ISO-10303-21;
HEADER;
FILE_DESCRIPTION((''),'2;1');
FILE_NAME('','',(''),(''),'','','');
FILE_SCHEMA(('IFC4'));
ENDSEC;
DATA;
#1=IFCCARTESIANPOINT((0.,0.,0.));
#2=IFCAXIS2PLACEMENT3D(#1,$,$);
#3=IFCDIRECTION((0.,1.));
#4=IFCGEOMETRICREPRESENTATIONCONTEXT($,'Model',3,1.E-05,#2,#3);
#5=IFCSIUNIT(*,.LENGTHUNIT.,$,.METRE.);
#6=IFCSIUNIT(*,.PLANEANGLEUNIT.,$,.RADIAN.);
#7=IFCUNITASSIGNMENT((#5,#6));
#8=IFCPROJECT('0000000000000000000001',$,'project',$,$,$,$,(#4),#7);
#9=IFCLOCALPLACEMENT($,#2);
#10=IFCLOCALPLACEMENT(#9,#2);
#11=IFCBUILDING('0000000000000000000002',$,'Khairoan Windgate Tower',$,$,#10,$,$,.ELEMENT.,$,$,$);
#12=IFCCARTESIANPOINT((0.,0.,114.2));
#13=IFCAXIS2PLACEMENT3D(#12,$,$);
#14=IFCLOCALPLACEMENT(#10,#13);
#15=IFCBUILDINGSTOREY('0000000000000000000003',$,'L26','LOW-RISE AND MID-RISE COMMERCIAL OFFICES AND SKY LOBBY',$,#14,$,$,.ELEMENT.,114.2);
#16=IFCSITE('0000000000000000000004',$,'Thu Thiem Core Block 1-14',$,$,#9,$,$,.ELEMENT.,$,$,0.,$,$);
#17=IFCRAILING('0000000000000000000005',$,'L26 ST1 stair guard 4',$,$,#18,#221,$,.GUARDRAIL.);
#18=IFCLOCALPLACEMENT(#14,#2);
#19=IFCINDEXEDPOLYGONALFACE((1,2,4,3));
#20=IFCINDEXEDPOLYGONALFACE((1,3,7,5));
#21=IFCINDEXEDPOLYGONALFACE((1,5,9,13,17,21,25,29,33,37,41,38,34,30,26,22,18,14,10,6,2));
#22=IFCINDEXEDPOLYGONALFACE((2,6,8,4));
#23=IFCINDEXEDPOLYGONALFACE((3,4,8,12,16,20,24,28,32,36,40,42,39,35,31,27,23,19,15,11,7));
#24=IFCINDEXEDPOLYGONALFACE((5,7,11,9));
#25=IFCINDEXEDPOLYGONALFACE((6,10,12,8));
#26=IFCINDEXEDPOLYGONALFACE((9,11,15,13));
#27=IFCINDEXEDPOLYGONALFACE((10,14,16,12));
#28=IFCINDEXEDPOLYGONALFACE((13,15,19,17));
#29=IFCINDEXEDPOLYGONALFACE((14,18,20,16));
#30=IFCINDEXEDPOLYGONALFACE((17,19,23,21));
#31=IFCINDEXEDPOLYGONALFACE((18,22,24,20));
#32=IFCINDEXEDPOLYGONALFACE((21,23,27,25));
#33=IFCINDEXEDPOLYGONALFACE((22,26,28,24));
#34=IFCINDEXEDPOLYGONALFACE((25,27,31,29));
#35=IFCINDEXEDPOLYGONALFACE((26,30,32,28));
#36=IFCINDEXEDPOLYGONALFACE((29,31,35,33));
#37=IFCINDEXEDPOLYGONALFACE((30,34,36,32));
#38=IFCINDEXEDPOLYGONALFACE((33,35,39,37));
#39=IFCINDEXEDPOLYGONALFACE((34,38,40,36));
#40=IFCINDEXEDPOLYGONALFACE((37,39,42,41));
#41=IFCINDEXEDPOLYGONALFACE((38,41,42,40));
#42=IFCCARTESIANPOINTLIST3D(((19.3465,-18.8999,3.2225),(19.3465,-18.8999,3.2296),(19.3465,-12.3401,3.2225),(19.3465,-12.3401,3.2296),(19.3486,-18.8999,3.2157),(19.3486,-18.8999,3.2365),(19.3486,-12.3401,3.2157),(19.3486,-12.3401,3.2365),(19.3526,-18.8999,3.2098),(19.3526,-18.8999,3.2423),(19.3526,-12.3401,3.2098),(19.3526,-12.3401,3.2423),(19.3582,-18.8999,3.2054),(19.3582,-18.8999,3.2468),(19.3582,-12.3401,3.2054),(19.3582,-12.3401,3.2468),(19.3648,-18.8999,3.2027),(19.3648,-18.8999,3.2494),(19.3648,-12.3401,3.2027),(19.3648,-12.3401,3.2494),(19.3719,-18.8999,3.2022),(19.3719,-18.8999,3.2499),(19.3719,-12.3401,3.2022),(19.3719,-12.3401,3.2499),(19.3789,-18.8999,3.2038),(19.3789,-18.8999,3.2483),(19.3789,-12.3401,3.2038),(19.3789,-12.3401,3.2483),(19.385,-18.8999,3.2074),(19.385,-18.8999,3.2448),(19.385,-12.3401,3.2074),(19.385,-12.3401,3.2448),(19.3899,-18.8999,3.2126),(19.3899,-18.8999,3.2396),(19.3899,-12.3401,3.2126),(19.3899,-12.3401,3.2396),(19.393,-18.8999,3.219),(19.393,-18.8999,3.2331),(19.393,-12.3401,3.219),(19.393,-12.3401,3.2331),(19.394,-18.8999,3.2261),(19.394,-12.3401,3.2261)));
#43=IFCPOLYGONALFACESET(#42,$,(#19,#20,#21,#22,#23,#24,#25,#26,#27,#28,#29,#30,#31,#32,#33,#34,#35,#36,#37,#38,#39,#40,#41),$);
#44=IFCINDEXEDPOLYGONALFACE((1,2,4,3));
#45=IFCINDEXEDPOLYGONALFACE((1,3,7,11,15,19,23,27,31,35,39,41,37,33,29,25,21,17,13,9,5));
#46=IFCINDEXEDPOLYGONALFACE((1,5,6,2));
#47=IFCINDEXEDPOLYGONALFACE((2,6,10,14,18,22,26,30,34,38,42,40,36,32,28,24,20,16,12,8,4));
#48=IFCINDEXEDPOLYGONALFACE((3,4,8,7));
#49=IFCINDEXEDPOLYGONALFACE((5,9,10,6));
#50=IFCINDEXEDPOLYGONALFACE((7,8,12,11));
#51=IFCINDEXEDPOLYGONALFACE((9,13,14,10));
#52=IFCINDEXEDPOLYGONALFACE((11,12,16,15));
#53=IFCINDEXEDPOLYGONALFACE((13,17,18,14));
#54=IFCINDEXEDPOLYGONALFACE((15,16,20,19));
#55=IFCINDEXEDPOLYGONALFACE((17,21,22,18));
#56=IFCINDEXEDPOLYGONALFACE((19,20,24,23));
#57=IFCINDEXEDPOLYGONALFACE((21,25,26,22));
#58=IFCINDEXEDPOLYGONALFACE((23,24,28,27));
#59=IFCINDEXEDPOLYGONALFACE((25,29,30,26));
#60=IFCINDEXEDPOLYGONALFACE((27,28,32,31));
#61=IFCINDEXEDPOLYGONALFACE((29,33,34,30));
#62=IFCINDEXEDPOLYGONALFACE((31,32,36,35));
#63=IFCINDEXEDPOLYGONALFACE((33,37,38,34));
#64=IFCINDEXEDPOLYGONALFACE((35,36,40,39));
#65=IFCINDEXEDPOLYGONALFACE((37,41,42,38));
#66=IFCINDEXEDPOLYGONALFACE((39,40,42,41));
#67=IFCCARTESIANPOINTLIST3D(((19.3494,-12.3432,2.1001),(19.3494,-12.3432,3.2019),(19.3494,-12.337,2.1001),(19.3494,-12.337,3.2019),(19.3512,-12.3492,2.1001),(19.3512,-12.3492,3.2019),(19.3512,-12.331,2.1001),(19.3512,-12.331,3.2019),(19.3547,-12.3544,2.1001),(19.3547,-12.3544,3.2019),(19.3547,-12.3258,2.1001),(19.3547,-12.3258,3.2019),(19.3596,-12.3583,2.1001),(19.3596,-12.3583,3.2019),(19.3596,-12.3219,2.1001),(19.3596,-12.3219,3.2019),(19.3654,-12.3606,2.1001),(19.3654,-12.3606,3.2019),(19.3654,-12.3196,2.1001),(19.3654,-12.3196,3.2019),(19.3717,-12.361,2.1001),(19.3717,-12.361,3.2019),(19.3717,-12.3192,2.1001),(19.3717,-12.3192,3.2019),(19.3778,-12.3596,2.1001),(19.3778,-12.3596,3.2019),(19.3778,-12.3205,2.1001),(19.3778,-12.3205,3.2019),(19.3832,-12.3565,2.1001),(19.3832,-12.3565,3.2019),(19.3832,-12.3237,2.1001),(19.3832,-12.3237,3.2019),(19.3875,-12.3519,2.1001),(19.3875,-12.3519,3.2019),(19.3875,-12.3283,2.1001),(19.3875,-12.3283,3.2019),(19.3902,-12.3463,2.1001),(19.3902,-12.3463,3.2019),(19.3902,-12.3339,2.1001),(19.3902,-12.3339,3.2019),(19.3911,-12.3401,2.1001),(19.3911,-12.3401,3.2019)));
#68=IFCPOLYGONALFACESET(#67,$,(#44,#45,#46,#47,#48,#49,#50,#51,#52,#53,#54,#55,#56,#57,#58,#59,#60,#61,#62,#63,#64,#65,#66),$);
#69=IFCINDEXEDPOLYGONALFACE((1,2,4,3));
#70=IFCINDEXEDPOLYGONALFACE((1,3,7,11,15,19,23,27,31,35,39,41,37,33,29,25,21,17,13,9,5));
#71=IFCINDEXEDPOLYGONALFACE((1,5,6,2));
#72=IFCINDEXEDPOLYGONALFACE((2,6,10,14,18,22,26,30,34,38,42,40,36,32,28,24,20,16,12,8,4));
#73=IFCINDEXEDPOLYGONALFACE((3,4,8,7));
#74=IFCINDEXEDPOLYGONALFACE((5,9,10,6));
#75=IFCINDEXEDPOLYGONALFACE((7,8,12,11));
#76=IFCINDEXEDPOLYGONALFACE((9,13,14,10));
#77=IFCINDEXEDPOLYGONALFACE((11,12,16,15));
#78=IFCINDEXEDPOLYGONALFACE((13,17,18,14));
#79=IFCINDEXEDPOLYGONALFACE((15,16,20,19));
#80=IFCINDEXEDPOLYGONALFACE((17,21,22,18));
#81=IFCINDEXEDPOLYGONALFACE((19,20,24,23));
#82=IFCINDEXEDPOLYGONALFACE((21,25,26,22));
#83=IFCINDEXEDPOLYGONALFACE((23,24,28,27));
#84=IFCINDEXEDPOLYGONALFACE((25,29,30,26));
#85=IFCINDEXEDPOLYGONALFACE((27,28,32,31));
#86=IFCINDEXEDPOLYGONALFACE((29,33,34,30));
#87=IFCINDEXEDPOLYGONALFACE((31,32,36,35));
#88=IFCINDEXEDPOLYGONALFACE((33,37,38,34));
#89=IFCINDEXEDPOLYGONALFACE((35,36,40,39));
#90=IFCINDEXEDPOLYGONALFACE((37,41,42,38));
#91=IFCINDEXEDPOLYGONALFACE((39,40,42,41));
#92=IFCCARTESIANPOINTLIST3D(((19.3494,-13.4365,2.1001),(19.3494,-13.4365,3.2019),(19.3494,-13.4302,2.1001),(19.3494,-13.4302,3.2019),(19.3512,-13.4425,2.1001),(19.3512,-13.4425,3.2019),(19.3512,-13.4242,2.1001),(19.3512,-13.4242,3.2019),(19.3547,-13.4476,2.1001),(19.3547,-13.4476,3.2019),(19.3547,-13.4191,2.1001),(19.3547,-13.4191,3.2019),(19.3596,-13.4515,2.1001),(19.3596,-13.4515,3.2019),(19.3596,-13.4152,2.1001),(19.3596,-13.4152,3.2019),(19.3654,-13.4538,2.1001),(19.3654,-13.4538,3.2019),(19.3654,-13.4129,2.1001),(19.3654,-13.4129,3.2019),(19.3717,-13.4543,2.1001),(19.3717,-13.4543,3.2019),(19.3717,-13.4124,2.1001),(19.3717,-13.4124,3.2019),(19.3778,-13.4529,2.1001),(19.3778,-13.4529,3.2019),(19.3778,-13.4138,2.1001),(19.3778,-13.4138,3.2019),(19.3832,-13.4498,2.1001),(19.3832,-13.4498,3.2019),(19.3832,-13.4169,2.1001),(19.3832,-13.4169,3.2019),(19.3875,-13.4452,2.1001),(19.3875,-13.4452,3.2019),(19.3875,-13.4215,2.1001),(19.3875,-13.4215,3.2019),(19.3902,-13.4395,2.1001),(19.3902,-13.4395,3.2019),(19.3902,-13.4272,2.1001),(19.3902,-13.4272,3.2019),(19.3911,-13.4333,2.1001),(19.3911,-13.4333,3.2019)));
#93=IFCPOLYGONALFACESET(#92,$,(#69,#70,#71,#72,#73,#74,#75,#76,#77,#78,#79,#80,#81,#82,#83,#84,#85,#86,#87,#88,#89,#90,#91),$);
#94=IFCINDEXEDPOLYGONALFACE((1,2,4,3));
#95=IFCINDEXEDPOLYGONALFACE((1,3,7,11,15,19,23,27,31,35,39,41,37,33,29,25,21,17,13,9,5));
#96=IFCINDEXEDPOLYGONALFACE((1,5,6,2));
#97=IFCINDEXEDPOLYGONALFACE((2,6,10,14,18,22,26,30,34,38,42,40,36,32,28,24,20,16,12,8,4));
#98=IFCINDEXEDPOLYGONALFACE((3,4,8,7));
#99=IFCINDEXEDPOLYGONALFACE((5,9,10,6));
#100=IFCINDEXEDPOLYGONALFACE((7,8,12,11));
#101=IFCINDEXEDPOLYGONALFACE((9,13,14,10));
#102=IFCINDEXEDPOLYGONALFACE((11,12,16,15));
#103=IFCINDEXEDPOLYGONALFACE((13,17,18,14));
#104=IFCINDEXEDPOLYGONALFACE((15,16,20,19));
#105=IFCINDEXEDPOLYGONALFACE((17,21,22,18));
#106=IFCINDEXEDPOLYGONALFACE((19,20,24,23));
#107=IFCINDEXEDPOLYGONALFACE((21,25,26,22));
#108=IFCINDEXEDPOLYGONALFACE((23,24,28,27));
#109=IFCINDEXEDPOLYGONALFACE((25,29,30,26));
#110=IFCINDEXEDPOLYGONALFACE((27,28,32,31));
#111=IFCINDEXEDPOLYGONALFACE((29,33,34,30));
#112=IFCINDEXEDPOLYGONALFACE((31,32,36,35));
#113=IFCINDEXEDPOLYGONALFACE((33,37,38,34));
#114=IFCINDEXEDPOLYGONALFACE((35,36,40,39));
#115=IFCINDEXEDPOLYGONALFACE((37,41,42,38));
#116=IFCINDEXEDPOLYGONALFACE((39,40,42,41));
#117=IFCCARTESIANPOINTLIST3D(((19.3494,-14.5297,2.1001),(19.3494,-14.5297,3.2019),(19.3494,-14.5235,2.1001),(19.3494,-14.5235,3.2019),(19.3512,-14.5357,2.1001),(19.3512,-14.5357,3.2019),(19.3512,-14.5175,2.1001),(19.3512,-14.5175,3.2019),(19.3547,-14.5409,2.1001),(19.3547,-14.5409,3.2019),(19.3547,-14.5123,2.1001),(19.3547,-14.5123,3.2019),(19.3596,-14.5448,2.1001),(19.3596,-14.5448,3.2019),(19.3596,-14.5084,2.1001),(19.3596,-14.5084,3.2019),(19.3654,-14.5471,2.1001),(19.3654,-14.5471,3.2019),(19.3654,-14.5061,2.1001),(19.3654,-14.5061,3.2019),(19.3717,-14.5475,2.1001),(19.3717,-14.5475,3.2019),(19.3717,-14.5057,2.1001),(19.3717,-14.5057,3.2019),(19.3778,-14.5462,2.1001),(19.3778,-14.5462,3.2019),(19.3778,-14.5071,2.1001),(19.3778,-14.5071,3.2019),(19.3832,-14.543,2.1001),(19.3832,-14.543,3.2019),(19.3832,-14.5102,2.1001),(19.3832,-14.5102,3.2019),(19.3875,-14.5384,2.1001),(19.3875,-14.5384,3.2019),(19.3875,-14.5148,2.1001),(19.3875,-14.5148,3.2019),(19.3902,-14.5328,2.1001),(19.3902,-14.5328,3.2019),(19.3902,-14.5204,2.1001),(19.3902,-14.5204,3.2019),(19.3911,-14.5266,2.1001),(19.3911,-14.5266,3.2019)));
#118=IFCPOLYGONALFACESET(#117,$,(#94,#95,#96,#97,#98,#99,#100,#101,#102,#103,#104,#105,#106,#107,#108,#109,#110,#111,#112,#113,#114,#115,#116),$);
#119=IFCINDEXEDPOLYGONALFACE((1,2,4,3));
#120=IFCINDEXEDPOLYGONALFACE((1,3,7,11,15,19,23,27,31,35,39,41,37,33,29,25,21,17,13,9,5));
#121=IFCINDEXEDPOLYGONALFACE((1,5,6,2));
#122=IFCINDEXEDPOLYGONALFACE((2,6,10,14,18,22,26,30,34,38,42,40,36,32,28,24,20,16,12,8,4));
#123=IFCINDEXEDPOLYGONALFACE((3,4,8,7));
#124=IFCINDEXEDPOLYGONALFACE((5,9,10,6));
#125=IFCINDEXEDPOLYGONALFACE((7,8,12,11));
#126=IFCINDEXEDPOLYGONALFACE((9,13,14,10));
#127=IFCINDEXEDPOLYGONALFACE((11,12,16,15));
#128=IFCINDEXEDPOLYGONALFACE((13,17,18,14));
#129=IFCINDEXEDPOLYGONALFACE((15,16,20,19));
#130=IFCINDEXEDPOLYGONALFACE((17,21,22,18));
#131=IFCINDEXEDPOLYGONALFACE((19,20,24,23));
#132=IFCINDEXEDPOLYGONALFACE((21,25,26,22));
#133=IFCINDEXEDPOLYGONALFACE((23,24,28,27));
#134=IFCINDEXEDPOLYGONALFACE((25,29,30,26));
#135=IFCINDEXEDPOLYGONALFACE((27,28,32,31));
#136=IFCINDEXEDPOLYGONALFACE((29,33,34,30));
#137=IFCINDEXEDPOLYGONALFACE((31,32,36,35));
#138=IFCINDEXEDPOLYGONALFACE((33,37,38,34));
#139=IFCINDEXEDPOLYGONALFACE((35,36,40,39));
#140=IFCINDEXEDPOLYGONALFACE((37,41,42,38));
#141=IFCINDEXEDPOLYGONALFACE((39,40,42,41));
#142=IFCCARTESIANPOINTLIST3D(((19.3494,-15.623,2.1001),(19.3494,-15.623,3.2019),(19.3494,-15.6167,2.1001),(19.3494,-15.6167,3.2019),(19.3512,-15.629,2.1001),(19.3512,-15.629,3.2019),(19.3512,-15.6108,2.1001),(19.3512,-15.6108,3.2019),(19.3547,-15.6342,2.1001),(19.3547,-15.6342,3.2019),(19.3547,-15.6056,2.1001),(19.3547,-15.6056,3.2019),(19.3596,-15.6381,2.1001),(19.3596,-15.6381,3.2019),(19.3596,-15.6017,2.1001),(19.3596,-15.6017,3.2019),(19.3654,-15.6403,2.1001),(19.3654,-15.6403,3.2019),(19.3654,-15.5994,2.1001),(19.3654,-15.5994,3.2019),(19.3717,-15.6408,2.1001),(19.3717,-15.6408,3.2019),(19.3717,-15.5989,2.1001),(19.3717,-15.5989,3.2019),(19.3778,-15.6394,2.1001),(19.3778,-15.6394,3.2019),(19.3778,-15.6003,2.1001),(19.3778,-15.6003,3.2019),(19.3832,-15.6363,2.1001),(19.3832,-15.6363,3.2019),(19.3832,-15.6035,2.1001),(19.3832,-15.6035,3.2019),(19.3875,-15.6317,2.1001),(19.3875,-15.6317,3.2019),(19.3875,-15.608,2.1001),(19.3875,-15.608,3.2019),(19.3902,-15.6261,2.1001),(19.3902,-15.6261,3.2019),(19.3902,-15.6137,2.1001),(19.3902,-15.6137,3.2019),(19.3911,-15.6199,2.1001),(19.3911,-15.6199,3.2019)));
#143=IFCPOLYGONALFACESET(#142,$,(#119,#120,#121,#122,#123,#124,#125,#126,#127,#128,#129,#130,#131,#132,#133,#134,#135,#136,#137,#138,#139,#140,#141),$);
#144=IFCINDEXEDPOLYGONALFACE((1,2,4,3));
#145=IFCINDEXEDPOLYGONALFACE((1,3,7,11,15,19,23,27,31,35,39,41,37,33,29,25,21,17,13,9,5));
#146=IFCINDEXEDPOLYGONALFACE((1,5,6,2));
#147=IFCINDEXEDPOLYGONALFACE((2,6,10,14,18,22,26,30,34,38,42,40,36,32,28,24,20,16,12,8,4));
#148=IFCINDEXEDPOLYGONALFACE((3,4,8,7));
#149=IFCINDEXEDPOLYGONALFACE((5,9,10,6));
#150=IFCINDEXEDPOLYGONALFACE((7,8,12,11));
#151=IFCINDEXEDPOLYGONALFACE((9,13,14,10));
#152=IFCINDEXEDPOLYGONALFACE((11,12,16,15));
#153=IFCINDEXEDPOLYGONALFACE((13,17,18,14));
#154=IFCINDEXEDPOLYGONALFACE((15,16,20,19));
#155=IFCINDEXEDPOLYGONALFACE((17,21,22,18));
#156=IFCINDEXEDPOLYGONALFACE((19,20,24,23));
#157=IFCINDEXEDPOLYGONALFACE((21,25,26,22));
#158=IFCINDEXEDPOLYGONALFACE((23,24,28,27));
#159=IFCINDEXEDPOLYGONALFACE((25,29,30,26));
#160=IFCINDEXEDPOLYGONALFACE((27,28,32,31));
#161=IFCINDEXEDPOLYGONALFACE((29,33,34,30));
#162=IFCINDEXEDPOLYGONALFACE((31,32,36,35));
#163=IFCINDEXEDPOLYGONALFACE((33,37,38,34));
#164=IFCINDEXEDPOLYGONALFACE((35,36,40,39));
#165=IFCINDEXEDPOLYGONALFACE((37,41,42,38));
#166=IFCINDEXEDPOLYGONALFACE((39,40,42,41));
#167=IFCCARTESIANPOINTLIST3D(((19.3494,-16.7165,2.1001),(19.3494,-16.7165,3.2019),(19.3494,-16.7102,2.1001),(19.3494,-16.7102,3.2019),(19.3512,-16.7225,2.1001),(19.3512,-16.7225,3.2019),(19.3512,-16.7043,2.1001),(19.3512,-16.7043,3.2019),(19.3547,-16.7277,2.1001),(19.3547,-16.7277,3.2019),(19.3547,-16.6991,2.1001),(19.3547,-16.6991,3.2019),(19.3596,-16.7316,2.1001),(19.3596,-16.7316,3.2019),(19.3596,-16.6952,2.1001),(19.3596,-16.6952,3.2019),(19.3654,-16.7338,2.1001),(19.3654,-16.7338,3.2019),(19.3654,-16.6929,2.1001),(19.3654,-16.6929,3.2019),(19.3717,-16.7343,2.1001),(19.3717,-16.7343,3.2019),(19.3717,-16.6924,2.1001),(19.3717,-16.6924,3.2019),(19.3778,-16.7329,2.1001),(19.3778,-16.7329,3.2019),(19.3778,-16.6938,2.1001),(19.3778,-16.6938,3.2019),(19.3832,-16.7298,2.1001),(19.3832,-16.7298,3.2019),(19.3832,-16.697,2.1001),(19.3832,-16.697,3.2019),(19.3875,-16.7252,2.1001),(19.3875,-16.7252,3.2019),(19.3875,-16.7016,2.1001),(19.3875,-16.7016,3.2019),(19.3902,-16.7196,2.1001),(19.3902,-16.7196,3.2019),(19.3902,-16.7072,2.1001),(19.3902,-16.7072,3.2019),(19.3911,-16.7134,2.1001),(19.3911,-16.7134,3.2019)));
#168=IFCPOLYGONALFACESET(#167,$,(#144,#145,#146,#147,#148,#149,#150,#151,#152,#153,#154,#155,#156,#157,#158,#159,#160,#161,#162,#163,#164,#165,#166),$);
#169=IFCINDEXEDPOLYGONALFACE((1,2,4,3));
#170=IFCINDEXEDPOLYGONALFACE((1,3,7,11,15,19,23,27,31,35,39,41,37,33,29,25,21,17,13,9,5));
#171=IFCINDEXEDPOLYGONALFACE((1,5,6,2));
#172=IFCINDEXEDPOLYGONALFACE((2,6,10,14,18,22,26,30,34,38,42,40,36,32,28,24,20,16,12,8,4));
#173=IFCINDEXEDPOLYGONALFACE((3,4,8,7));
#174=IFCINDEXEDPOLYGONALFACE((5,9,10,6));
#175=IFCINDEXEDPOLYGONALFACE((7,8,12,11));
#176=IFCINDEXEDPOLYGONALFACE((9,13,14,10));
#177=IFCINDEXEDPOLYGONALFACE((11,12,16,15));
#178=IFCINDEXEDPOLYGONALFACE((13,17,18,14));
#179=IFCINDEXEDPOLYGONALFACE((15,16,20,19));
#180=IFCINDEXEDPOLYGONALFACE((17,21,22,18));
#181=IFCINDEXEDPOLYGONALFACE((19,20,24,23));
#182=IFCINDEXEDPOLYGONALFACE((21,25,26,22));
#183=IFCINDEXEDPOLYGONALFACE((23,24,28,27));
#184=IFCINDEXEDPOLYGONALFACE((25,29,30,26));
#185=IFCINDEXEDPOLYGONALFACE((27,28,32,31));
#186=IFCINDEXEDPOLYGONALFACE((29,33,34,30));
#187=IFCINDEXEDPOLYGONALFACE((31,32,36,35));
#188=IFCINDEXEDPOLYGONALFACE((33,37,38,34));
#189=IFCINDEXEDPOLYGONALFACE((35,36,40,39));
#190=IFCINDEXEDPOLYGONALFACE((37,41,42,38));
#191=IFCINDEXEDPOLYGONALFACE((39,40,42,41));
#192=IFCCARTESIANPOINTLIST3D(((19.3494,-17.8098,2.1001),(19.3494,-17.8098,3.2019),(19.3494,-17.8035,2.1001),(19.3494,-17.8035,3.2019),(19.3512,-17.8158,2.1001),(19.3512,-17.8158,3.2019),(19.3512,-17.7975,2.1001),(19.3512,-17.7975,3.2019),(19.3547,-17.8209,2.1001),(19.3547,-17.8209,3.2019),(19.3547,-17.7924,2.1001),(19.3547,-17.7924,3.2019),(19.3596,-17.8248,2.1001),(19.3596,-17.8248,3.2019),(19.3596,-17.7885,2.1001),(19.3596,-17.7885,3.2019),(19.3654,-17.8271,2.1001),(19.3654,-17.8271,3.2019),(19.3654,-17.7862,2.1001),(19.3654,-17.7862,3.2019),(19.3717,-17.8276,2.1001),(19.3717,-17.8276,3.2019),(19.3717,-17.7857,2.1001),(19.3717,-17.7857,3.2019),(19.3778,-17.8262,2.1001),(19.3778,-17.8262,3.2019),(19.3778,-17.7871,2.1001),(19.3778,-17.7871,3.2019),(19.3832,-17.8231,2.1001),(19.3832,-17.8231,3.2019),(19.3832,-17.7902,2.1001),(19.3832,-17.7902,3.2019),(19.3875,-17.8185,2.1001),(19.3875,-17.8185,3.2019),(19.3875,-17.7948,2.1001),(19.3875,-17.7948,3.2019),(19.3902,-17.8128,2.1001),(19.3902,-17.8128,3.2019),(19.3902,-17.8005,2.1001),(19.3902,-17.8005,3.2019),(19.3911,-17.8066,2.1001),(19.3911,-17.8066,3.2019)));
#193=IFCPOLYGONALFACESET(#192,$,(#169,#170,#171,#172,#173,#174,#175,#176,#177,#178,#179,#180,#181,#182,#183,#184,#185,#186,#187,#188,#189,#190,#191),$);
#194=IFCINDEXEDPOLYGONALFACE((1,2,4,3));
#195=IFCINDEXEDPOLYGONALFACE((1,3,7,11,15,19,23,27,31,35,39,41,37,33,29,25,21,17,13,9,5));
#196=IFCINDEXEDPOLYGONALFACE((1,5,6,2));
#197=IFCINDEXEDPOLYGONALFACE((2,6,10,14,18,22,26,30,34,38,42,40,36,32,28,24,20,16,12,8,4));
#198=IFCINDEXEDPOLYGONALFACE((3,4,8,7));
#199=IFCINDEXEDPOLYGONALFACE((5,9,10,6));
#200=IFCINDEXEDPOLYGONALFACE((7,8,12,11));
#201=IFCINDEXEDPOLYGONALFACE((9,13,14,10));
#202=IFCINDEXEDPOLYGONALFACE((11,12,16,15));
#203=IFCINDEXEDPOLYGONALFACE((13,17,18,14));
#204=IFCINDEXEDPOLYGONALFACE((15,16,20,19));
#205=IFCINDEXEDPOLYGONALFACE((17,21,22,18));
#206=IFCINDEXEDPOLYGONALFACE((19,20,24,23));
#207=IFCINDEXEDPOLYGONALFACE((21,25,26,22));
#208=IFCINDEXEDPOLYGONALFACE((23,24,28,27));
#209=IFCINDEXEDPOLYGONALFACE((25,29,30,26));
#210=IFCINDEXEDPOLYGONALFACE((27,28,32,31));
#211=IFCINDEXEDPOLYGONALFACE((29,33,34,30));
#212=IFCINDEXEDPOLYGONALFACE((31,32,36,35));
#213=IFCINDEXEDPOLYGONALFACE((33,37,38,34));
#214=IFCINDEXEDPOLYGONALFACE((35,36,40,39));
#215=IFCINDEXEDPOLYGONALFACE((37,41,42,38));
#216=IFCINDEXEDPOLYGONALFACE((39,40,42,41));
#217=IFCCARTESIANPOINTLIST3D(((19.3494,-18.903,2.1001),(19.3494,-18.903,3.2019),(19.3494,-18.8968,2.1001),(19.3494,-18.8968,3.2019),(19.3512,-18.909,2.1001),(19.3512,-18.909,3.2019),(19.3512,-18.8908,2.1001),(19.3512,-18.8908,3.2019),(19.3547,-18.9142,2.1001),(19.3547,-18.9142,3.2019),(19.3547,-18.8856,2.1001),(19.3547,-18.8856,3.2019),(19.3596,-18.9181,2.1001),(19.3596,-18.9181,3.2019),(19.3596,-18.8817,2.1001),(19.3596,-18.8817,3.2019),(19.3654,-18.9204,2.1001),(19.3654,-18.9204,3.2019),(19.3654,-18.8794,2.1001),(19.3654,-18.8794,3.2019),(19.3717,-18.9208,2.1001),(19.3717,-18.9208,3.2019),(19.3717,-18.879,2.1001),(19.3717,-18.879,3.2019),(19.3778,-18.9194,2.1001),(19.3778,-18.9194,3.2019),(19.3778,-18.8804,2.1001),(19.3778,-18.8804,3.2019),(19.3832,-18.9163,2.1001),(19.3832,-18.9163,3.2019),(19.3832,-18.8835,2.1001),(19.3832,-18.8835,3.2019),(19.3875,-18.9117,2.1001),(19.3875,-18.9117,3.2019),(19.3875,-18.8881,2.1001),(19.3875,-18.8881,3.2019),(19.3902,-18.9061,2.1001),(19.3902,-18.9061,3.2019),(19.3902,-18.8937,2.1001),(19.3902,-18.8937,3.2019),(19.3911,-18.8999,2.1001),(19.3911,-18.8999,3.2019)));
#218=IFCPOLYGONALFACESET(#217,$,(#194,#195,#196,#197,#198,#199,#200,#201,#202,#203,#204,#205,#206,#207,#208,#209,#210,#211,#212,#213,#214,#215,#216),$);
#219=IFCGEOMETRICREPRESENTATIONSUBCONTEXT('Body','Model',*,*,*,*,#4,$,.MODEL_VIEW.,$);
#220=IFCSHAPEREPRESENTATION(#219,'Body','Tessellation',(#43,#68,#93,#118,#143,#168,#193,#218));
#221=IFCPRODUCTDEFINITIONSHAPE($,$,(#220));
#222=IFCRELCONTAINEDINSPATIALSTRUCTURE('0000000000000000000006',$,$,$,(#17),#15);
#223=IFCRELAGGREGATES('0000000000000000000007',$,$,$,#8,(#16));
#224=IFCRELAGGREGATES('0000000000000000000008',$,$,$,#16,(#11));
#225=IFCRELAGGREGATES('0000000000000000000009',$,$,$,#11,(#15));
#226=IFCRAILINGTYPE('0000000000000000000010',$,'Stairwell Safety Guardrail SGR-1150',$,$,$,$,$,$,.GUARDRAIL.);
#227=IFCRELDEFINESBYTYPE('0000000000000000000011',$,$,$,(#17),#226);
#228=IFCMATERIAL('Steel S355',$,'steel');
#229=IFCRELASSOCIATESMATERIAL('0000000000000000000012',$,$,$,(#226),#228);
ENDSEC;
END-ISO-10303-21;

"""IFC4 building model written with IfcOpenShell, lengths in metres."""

from ifc_helpers import new_model, si_unit, direction, frame, origin, origin_2d, place, context, subcontext, project, spatial, circle, extrude, material, type_object, element, save


model = new_model("IFC4")

# Units and contexts
model_context = context("Model", 3, precision=1e-05, world=origin(), true_north=direction((0.0, 1.0)))
body_context = subcontext(model_context, "Body", "Model", "MODEL_VIEW")
ifc_project = project(units=[si_unit("LENGTHUNIT", "METRE"), si_unit("PLANEANGLEUNIT", "RADIAN")], contexts=[model_context])

# Site, building, storey
site_placement = place(None, origin())
site = spatial("IfcSite", under=ifc_project, at=site_placement, Name="Thu Thiem Core Block 1-14", CompositionType="ELEMENT", RefElevation=0.0)
building_placement = place(site_placement, origin())
building = spatial("IfcBuilding", under=site, at=building_placement, Name="Khairoan Windgate Tower", CompositionType="ELEMENT")
storey_placement = place(building_placement, frame((0.0, 0.0, 114.2)))
storey = spatial("IfcBuildingStorey", under=building, at=storey_placement, Name="L26", Description="LOW-RISE AND MID-RISE COMMERCIAL OFFICES AND SKY LOBBY", CompositionType="ELEMENT", Elevation=114.2)

# Railing
ifc_material_1 = material(Name="Steel S355", Category="steel")
railing_type_1 = type_object("IfcRailingType", Name="Stairwell Safety Guardrail SGR-1150", PredefinedType="GUARDRAIL", material=ifc_material_1)
railing_1_placement = place(storey_placement, frame((19.3701, -12.3401, 2.1001)))
element("IfcRailing", 1, at=railing_1_placement, inside=storey, type_object=railing_type_1, Name="L26 ST1 stair guard 4", PredefinedType="GUARDRAIL", context=body_context, shape_type="SweptSolid", body=[
    extrude(circle(Radius=0.0239, at=origin_2d()), frame((0.0, 0.0, 1.126), z_axis=(0.0, -1.0, 0.0), x_axis=(1.0, 0.0, 0.0)), (0.0, 0.0, 1.0), 6.5598),
    extrude(circle(Radius=0.021, at=origin_2d()), origin(), (0.0, 0.0, 1.0), 1.1018),
    extrude(circle(Radius=0.021, at=origin_2d()), frame((0.0, -1.0933, 0.0)), (0.0, 0.0, 1.0), 1.1018),
    extrude(circle(Radius=0.021, at=origin_2d()), frame((0.0, -2.1865, 0.0)), (0.0, 0.0, 1.0), 1.1018),
    extrude(circle(Radius=0.021, at=origin_2d()), frame((0.0, -3.2798, 0.0)), (0.0, 0.0, 1.0), 1.1018),
    extrude(circle(Radius=0.021, at=origin_2d()), frame((0.0, -4.3733, 0.0)), (0.0, 0.0, 1.0), 1.1018),
    extrude(circle(Radius=0.021, at=origin_2d()), frame((0.0, -5.4666, 0.0)), (0.0, 0.0, 1.0), 1.1018),
    extrude(circle(Radius=0.021, at=origin_2d()), frame((0.0, -6.5598, 0.0)), (0.0, 0.0, 1.0), 1.1018),
])

save(model, "model.ifc")
